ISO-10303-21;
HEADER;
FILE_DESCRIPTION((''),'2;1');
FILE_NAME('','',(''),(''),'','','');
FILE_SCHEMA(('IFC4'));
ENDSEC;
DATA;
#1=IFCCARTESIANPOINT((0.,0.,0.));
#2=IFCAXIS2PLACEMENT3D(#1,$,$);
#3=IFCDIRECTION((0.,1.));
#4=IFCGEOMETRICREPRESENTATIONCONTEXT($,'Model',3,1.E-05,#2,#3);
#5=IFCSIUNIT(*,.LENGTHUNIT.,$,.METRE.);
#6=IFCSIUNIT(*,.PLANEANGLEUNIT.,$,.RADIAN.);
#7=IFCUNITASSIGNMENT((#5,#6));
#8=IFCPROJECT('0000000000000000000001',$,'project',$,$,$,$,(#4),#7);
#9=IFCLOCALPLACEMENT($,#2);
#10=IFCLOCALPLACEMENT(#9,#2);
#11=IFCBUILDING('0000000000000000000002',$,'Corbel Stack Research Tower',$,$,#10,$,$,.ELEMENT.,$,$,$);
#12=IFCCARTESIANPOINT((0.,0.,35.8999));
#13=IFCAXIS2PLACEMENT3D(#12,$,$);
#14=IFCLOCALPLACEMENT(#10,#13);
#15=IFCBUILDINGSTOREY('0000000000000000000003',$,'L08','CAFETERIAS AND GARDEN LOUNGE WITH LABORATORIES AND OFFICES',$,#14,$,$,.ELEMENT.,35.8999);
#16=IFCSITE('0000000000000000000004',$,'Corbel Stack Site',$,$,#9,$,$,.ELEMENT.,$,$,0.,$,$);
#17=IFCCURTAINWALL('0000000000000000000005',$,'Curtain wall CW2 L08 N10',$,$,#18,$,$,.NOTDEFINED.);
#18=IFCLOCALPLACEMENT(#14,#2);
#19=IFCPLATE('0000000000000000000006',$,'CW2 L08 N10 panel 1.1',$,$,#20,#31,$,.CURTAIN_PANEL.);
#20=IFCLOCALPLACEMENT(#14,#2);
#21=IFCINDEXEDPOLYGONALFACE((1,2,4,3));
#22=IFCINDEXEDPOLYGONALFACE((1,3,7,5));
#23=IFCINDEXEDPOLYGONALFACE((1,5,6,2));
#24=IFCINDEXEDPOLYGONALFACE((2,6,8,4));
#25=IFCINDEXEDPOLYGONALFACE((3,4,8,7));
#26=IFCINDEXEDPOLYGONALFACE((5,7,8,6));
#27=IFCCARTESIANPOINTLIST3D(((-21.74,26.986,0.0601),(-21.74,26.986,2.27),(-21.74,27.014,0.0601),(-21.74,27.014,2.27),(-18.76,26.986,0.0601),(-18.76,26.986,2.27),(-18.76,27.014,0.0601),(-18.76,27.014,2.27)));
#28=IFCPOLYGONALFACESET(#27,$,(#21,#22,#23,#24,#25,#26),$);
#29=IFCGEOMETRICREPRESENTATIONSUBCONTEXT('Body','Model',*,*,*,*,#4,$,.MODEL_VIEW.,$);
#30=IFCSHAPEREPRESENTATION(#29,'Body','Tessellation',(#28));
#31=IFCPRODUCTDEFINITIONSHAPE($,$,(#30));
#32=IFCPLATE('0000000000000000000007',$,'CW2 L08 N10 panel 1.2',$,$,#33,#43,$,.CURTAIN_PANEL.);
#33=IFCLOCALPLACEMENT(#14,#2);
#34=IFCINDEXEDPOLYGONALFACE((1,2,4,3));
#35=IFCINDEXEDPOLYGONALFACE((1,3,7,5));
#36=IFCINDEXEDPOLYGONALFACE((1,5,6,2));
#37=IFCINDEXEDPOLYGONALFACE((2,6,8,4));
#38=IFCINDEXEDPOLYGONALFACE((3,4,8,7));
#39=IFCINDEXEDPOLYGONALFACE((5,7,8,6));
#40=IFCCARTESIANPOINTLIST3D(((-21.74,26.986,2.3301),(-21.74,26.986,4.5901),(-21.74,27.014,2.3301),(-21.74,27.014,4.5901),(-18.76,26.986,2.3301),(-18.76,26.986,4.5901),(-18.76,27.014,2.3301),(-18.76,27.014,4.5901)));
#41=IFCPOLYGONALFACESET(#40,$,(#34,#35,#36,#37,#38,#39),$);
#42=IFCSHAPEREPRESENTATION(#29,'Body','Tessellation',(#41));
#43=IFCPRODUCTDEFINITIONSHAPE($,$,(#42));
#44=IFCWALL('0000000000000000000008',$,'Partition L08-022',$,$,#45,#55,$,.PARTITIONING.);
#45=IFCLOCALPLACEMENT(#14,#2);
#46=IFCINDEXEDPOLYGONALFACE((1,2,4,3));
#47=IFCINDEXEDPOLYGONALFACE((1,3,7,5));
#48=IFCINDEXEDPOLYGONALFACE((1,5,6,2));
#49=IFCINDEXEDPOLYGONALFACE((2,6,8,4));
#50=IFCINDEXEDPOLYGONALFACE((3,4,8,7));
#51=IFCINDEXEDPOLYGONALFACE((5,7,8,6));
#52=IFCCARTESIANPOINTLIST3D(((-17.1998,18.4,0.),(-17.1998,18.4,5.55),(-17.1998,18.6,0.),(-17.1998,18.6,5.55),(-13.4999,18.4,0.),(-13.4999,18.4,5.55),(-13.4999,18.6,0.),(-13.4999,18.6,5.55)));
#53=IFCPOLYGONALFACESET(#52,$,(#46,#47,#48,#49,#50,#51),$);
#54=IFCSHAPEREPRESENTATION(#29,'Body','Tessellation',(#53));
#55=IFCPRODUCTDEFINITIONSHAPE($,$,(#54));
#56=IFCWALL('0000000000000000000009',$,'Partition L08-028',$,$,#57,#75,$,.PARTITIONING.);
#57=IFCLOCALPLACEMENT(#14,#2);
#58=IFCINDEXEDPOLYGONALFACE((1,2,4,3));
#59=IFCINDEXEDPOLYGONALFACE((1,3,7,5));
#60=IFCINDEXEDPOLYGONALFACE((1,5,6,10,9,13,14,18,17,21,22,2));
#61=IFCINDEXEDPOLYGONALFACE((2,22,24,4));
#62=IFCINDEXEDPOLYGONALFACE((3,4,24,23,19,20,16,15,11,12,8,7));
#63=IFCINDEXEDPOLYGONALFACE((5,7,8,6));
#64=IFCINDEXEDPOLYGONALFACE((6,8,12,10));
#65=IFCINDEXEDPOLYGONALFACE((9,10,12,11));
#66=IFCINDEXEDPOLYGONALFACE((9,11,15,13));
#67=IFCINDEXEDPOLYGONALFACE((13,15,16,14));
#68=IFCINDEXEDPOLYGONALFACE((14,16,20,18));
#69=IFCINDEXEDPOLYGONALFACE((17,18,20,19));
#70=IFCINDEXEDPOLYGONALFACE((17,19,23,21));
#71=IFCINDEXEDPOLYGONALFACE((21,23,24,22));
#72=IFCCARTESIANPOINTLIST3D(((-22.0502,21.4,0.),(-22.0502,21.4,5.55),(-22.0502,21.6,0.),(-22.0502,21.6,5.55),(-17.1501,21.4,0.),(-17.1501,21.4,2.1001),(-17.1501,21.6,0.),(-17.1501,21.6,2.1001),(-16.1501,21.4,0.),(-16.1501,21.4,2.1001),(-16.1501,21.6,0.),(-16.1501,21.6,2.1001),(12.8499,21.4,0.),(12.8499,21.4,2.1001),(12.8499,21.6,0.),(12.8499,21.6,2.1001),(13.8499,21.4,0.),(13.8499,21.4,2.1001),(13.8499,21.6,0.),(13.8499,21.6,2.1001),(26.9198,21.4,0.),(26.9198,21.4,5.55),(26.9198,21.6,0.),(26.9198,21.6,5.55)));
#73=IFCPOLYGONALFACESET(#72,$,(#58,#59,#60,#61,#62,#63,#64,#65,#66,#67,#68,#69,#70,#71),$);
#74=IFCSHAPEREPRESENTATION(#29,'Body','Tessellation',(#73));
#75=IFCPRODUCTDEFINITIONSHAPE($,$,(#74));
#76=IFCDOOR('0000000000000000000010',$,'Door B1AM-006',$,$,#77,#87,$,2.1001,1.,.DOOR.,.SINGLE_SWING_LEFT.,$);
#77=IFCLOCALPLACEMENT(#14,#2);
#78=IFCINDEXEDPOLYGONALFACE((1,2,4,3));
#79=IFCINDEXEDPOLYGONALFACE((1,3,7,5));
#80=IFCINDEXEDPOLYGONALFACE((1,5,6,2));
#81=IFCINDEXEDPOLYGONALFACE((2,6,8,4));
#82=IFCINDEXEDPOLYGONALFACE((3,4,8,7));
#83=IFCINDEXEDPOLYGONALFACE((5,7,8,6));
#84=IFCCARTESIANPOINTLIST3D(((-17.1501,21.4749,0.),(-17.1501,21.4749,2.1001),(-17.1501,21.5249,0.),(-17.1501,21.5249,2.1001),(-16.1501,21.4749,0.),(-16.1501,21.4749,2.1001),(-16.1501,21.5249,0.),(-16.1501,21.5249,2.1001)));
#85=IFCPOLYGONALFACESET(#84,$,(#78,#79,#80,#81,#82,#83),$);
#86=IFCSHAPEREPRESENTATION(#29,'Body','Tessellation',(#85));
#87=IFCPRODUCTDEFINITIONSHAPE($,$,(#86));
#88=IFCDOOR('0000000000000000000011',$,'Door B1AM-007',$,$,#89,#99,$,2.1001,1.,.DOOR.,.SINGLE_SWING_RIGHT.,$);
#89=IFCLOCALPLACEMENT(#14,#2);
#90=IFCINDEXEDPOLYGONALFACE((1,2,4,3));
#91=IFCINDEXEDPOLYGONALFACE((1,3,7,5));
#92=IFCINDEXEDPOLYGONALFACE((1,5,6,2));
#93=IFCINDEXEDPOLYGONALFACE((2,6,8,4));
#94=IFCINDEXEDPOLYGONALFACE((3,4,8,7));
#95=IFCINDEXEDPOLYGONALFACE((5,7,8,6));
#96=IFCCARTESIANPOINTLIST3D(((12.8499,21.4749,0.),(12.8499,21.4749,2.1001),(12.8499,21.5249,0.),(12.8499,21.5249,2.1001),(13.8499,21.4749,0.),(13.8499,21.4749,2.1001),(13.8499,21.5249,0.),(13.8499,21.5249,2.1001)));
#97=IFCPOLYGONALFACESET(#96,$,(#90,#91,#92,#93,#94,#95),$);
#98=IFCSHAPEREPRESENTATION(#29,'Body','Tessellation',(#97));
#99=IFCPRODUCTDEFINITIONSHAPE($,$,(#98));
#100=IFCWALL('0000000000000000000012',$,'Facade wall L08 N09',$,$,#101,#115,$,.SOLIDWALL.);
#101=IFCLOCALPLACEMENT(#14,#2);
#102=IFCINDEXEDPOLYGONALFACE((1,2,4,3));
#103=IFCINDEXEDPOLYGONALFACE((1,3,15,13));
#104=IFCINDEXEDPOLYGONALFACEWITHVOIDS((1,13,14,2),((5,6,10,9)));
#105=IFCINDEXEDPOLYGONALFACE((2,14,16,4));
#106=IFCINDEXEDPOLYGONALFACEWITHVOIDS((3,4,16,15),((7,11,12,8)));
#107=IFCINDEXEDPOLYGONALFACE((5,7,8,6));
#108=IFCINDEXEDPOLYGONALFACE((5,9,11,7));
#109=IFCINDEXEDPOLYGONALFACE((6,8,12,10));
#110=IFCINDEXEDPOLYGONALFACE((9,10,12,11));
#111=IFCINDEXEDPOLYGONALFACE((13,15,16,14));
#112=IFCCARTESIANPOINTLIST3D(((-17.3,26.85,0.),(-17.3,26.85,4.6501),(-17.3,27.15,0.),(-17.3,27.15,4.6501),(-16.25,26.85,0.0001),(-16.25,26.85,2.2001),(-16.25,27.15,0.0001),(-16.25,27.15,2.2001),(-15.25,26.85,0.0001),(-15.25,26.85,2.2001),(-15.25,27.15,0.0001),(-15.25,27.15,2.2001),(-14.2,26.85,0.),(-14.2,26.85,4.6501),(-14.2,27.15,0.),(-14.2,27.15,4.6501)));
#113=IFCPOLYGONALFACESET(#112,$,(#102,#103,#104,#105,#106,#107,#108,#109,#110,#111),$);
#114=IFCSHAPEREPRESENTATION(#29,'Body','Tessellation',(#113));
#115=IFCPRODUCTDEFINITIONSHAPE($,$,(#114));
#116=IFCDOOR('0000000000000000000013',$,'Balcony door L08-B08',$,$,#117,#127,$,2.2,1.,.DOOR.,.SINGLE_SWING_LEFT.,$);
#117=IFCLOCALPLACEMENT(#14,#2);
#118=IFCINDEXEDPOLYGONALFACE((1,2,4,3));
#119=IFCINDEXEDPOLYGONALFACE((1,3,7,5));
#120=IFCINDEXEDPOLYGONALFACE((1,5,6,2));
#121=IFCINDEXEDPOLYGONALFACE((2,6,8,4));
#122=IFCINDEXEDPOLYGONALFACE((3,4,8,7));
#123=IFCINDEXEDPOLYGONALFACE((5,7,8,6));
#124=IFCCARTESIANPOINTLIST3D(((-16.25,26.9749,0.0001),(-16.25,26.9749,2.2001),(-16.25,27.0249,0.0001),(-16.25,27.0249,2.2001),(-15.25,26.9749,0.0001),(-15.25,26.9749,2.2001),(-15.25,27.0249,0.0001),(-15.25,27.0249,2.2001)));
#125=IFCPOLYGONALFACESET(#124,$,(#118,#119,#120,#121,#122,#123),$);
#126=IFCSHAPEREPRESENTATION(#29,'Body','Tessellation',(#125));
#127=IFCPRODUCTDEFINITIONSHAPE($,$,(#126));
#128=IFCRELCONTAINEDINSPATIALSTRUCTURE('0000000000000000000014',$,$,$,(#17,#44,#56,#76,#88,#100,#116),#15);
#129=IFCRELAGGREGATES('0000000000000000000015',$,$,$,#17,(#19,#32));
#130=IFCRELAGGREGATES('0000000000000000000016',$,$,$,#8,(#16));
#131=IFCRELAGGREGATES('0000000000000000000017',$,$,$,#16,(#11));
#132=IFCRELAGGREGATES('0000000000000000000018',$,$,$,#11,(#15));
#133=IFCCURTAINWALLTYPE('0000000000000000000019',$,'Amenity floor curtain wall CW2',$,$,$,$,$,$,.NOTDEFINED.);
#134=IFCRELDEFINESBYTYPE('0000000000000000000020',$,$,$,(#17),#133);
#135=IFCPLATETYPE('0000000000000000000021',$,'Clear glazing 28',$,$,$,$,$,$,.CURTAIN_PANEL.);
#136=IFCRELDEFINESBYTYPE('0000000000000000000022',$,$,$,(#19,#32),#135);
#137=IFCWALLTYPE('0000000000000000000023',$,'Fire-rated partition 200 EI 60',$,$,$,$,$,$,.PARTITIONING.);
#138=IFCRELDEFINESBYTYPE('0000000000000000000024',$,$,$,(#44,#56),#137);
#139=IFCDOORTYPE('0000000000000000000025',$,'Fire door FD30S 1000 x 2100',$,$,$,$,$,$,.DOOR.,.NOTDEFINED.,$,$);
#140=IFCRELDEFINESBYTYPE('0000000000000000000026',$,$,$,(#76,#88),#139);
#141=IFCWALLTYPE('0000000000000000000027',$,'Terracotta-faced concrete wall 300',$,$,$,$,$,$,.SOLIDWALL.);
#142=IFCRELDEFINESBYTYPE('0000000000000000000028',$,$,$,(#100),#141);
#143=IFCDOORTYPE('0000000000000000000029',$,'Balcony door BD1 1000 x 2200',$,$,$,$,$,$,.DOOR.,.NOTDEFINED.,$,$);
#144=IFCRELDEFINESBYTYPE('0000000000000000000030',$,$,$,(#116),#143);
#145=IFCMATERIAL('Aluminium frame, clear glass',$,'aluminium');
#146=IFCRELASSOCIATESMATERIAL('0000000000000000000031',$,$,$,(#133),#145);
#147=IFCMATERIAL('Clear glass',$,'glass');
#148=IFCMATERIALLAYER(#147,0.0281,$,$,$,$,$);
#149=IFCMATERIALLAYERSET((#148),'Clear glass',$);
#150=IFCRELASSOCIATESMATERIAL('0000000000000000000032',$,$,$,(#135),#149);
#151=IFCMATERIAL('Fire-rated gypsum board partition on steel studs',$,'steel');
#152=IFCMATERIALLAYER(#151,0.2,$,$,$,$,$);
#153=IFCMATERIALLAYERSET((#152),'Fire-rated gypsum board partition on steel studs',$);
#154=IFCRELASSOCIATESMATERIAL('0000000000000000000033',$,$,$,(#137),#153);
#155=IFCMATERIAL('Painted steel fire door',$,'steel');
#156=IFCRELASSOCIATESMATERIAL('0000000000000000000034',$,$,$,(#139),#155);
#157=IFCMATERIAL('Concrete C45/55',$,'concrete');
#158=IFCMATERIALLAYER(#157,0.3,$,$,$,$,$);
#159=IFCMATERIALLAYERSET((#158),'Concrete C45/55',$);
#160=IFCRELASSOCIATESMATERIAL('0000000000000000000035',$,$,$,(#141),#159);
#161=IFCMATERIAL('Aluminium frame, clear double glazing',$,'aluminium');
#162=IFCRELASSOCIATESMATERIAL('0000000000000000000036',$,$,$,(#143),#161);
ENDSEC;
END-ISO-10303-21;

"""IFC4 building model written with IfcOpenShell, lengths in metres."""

from ifc_helpers import new_model, si_unit, direction, frame, frame_2d, origin, origin_2d, place, context, subcontext, project, spatial, rectangle, extrude, material, layer, layer_set, type_object, element, fill, aggregate, save


model = new_model("IFC4")

# Units and contexts
model_context = context("Model", 3, precision=1e-05, world=origin(), true_north=direction((0.0, 1.0)))
body_context = subcontext(model_context, "Body", "Model", "MODEL_VIEW")
ifc_project = project(units=[si_unit("LENGTHUNIT", "METRE"), si_unit("PLANEANGLEUNIT", "RADIAN")], contexts=[model_context])

# Site, building, storey
site_placement = place(None, origin())
site = spatial("IfcSite", under=ifc_project, at=site_placement, Name="Corbel Stack Site", CompositionType="ELEMENT", RefElevation=0.0)
building_placement = place(site_placement, origin())
building = spatial("IfcBuilding", under=site, at=building_placement, Name="Corbel Stack Research Tower", CompositionType="ELEMENT")
storey_placement = place(building_placement, frame((0.0, 0.0, 35.8999)))
storey = spatial("IfcBuildingStorey", under=building, at=storey_placement, Name="L08", Description="CAFETERIAS AND GARDEN LOUNGE WITH LABORATORIES AND OFFICES", CompositionType="ELEMENT", Elevation=35.8999)

# Curtain wall
ifc_material_1 = material(Name="Aluminium frame, clear glass", Category="aluminium")
curtain_wall_type = type_object("IfcCurtainWallType", Name="Amenity floor curtain wall CW2", PredefinedType="NOTDEFINED", material=ifc_material_1)
curtain_wall_placement = place(storey_placement, origin())
curtain_wall = element("IfcCurtainWall", 1, at=curtain_wall_placement, inside=storey, type_object=curtain_wall_type, Name="Curtain wall CW2 L08 N10", PredefinedType="NOTDEFINED")

# Plates
ifc_material_2 = material(Name="Clear glass", Category="glass")
ifc_layer_1 = layer(ifc_material_2, 0.0281)
ifc_layer_set_1 = layer_set([ifc_layer_1], Name="Clear glass")
plate_type = type_object("IfcPlateType", Name="Clear glazing 28", PredefinedType="CURTAIN_PANEL", material=ifc_layer_set_1)
plate_1_placement = place(storey_placement, frame((-20.25, 27.0, 0.0601), z_axis=(0.0, 0.0, 1.0), x_axis=(-1.0, 0.0, 0.0)))
plate_1 = element("IfcPlate", 2, at=plate_1_placement, type_object=plate_type, Name="CW2 L08 N10 panel 1.1", PredefinedType="CURTAIN_PANEL", context=body_context, shape_type="SweptSolid", body=[
    extrude(rectangle(XDim=2.98, YDim=0.0281, at=origin_2d()), origin(), (0.0, 0.0, 1.0), 2.21),
])
plate_2_placement = place(storey_placement, frame((-20.25, 27.0, 2.3301), z_axis=(0.0, 0.0, 1.0), x_axis=(-1.0, 0.0, 0.0)))
plate_2 = element("IfcPlate", 3, at=plate_2_placement, type_object=plate_type, Name="CW2 L08 N10 panel 1.2", PredefinedType="CURTAIN_PANEL", context=body_context, shape_type="SweptSolid", body=[
    extrude(rectangle(XDim=2.98, YDim=0.0281, at=origin_2d()), origin(), (0.0, 0.0, 1.0), 2.26),
])
aggregate(curtain_wall, [plate_1, plate_2])

# Wall
ifc_material_3 = material(Name="Fire-rated gypsum board partition on steel studs", Category="steel")
ifc_layer_2 = layer(ifc_material_3, 0.2)
ifc_layer_set_2 = layer_set([ifc_layer_2], Name="Fire-rated gypsum board partition on steel studs")
wall_type_1 = type_object("IfcWallType", Name="Fire-rated partition 200 EI 60", PredefinedType="PARTITIONING", material=ifc_layer_set_2)
wall_1_placement = place(storey_placement, frame((-17.2, 18.5, 0.0), z_axis=(0.0, 0.0, 1.0), x_axis=(1.0, 0.0, 0.0)))
element("IfcWall", 4, at=wall_1_placement, inside=storey, type_object=wall_type_1, Name="Partition L08-022", PredefinedType="PARTITIONING", context=body_context, shape_type="SweptSolid", body=[
    extrude(rectangle(XDim=3.7, YDim=0.2, at=frame_2d((1.8501, 0.0))), origin(), (0.0, 0.0, 1.0), 5.55),
])

# Wall, openings, doors
wall_2_placement = place(storey_placement, frame((-22.05, 21.5, 0.0), z_axis=(0.0, 0.0, 1.0), x_axis=(1.0, 0.0, 0.0)))
wall_2 = element("IfcWall", 5, at=wall_2_placement, inside=storey, type_object=wall_type_1, Name="Partition L08-028", PredefinedType="PARTITIONING", context=body_context, shape_type="SweptSolid", body=[
    extrude(rectangle(XDim=48.97, YDim=0.2, at=frame_2d((24.4849, 0.0))), origin(), (0.0, 0.0, 1.0), 5.55),
])
opening_1_placement = place(wall_2_placement, frame((4.8999, 0.0, 0.0)))
opening_1 = element("IfcOpeningElement", 6, at=opening_1_placement, cuts=wall_2, PredefinedType="OPENING", context=body_context, shape_type="SweptSolid", body=[
    extrude(rectangle(XDim=1.0, YDim=2.1001, at=frame_2d((0.5, 1.05))), frame((0.0, 0.1099, 0.0), z_axis=(0.0, -1.0, 0.0), x_axis=(1.0, 0.0, 0.0)), (0.0, 0.0, 1.0), 0.22),
])
opening_2_placement = place(wall_2_placement, frame((34.8999, 0.0, 0.0)))
opening_2 = element("IfcOpeningElement", 7, at=opening_2_placement, cuts=wall_2, PredefinedType="OPENING", context=body_context, shape_type="SweptSolid", body=[
    extrude(rectangle(XDim=1.0, YDim=2.1001, at=frame_2d((0.5, 1.05))), frame((0.0, 0.1099, 0.0), z_axis=(0.0, -1.0, 0.0), x_axis=(1.0, 0.0, 0.0)), (0.0, 0.0, 1.0), 0.22),
])
ifc_material_4 = material(Name="Painted steel fire door", Category="steel")
door_type_1 = type_object("IfcDoorType", Name="Fire door FD30S 1000 x 2100", OperationType="NOTDEFINED", PredefinedType="DOOR", material=ifc_material_4)
door_1_placement = place(opening_1_placement, origin())
door_1 = element("IfcDoor", 8, at=door_1_placement, inside=storey, type_object=door_type_1, Name="Door B1AM-006", OperationType="SINGLE_SWING_LEFT", OverallHeight=2.1001, OverallWidth=1.0, PredefinedType="DOOR", context=body_context, shape_type="SweptSolid", body=[
    extrude(rectangle(XDim=1.0, YDim=2.1001, at=frame_2d((0.5, 1.05))), frame((0.0, 0.0249, 0.0), z_axis=(0.0, -1.0, 0.0), x_axis=(1.0, 0.0, 0.0)), (0.0, 0.0, 1.0), 0.05),
])
fill(opening_1, door_1)
door_2_placement = place(opening_2_placement, origin())
door_2 = element("IfcDoor", 9, at=door_2_placement, inside=storey, type_object=door_type_1, Name="Door B1AM-007", OperationType="SINGLE_SWING_RIGHT", OverallHeight=2.1001, OverallWidth=1.0, PredefinedType="DOOR", context=body_context, shape_type="SweptSolid", body=[
    extrude(rectangle(XDim=1.0, YDim=2.1001, at=frame_2d((0.5, 1.05))), frame((0.0, 0.0249, 0.0), z_axis=(0.0, -1.0, 0.0), x_axis=(1.0, 0.0, 0.0)), (0.0, 0.0, 1.0), 0.05),
])
fill(opening_2, door_2)

# Wall, opening, door
ifc_material_5 = material(Name="Concrete C45/55", Category="concrete")
ifc_layer_3 = layer(ifc_material_5, 0.3)
ifc_layer_set_3 = layer_set([ifc_layer_3], Name="Concrete C45/55")
wall_type_2 = type_object("IfcWallType", Name="Terracotta-faced concrete wall 300", PredefinedType="SOLIDWALL", material=ifc_layer_set_3)
wall_3_placement = place(storey_placement, frame((-17.3, 27.0, 0.0), z_axis=(0.0, 0.0, 1.0), x_axis=(1.0, 0.0, 0.0)))
wall_3 = element("IfcWall", 10, at=wall_3_placement, inside=storey, type_object=wall_type_2, Name="Facade wall L08 N09", PredefinedType="SOLIDWALL", context=body_context, shape_type="SweptSolid", body=[
    extrude(rectangle(XDim=3.1001, YDim=0.3, at=frame_2d((1.55, 0.0))), origin(), (0.0, 0.0, 1.0), 4.6501),
])
opening_3_placement = place(wall_3_placement, frame((1.05, 0.0, 0.0)))
opening_3 = element("IfcOpeningElement", 11, at=opening_3_placement, cuts=wall_3, PredefinedType="OPENING", context=body_context, shape_type="SweptSolid", body=[
    extrude(rectangle(XDim=1.0, YDim=2.2, at=frame_2d((0.5, 1.1001))), frame((0.0, 0.1599, 0.0), z_axis=(0.0, -1.0, 0.0), x_axis=(1.0, 0.0, 0.0)), (0.0, 0.0, 1.0), 0.3201),
])
ifc_material_6 = material(Name="Aluminium frame, clear double glazing", Category="aluminium")
door_type_2 = type_object("IfcDoorType", Name="Balcony door BD1 1000 x 2200", OperationType="NOTDEFINED", PredefinedType="DOOR", material=ifc_material_6)
door_3_placement = place(opening_3_placement, origin())
door_3 = element("IfcDoor", 12, at=door_3_placement, inside=storey, type_object=door_type_2, Name="Balcony door L08-B08", OperationType="SINGLE_SWING_LEFT", OverallHeight=2.2, OverallWidth=1.0, PredefinedType="DOOR", context=body_context, shape_type="SweptSolid", body=[
    extrude(rectangle(XDim=1.0, YDim=2.2, at=frame_2d((0.5, 1.1001))), frame((0.0, 0.0249, 0.0), z_axis=(0.0, -1.0, 0.0), x_axis=(1.0, 0.0, 0.0)), (0.0, 0.0, 1.0), 0.05),
])
fill(opening_3, door_3)

save(model, "model.ifc")
